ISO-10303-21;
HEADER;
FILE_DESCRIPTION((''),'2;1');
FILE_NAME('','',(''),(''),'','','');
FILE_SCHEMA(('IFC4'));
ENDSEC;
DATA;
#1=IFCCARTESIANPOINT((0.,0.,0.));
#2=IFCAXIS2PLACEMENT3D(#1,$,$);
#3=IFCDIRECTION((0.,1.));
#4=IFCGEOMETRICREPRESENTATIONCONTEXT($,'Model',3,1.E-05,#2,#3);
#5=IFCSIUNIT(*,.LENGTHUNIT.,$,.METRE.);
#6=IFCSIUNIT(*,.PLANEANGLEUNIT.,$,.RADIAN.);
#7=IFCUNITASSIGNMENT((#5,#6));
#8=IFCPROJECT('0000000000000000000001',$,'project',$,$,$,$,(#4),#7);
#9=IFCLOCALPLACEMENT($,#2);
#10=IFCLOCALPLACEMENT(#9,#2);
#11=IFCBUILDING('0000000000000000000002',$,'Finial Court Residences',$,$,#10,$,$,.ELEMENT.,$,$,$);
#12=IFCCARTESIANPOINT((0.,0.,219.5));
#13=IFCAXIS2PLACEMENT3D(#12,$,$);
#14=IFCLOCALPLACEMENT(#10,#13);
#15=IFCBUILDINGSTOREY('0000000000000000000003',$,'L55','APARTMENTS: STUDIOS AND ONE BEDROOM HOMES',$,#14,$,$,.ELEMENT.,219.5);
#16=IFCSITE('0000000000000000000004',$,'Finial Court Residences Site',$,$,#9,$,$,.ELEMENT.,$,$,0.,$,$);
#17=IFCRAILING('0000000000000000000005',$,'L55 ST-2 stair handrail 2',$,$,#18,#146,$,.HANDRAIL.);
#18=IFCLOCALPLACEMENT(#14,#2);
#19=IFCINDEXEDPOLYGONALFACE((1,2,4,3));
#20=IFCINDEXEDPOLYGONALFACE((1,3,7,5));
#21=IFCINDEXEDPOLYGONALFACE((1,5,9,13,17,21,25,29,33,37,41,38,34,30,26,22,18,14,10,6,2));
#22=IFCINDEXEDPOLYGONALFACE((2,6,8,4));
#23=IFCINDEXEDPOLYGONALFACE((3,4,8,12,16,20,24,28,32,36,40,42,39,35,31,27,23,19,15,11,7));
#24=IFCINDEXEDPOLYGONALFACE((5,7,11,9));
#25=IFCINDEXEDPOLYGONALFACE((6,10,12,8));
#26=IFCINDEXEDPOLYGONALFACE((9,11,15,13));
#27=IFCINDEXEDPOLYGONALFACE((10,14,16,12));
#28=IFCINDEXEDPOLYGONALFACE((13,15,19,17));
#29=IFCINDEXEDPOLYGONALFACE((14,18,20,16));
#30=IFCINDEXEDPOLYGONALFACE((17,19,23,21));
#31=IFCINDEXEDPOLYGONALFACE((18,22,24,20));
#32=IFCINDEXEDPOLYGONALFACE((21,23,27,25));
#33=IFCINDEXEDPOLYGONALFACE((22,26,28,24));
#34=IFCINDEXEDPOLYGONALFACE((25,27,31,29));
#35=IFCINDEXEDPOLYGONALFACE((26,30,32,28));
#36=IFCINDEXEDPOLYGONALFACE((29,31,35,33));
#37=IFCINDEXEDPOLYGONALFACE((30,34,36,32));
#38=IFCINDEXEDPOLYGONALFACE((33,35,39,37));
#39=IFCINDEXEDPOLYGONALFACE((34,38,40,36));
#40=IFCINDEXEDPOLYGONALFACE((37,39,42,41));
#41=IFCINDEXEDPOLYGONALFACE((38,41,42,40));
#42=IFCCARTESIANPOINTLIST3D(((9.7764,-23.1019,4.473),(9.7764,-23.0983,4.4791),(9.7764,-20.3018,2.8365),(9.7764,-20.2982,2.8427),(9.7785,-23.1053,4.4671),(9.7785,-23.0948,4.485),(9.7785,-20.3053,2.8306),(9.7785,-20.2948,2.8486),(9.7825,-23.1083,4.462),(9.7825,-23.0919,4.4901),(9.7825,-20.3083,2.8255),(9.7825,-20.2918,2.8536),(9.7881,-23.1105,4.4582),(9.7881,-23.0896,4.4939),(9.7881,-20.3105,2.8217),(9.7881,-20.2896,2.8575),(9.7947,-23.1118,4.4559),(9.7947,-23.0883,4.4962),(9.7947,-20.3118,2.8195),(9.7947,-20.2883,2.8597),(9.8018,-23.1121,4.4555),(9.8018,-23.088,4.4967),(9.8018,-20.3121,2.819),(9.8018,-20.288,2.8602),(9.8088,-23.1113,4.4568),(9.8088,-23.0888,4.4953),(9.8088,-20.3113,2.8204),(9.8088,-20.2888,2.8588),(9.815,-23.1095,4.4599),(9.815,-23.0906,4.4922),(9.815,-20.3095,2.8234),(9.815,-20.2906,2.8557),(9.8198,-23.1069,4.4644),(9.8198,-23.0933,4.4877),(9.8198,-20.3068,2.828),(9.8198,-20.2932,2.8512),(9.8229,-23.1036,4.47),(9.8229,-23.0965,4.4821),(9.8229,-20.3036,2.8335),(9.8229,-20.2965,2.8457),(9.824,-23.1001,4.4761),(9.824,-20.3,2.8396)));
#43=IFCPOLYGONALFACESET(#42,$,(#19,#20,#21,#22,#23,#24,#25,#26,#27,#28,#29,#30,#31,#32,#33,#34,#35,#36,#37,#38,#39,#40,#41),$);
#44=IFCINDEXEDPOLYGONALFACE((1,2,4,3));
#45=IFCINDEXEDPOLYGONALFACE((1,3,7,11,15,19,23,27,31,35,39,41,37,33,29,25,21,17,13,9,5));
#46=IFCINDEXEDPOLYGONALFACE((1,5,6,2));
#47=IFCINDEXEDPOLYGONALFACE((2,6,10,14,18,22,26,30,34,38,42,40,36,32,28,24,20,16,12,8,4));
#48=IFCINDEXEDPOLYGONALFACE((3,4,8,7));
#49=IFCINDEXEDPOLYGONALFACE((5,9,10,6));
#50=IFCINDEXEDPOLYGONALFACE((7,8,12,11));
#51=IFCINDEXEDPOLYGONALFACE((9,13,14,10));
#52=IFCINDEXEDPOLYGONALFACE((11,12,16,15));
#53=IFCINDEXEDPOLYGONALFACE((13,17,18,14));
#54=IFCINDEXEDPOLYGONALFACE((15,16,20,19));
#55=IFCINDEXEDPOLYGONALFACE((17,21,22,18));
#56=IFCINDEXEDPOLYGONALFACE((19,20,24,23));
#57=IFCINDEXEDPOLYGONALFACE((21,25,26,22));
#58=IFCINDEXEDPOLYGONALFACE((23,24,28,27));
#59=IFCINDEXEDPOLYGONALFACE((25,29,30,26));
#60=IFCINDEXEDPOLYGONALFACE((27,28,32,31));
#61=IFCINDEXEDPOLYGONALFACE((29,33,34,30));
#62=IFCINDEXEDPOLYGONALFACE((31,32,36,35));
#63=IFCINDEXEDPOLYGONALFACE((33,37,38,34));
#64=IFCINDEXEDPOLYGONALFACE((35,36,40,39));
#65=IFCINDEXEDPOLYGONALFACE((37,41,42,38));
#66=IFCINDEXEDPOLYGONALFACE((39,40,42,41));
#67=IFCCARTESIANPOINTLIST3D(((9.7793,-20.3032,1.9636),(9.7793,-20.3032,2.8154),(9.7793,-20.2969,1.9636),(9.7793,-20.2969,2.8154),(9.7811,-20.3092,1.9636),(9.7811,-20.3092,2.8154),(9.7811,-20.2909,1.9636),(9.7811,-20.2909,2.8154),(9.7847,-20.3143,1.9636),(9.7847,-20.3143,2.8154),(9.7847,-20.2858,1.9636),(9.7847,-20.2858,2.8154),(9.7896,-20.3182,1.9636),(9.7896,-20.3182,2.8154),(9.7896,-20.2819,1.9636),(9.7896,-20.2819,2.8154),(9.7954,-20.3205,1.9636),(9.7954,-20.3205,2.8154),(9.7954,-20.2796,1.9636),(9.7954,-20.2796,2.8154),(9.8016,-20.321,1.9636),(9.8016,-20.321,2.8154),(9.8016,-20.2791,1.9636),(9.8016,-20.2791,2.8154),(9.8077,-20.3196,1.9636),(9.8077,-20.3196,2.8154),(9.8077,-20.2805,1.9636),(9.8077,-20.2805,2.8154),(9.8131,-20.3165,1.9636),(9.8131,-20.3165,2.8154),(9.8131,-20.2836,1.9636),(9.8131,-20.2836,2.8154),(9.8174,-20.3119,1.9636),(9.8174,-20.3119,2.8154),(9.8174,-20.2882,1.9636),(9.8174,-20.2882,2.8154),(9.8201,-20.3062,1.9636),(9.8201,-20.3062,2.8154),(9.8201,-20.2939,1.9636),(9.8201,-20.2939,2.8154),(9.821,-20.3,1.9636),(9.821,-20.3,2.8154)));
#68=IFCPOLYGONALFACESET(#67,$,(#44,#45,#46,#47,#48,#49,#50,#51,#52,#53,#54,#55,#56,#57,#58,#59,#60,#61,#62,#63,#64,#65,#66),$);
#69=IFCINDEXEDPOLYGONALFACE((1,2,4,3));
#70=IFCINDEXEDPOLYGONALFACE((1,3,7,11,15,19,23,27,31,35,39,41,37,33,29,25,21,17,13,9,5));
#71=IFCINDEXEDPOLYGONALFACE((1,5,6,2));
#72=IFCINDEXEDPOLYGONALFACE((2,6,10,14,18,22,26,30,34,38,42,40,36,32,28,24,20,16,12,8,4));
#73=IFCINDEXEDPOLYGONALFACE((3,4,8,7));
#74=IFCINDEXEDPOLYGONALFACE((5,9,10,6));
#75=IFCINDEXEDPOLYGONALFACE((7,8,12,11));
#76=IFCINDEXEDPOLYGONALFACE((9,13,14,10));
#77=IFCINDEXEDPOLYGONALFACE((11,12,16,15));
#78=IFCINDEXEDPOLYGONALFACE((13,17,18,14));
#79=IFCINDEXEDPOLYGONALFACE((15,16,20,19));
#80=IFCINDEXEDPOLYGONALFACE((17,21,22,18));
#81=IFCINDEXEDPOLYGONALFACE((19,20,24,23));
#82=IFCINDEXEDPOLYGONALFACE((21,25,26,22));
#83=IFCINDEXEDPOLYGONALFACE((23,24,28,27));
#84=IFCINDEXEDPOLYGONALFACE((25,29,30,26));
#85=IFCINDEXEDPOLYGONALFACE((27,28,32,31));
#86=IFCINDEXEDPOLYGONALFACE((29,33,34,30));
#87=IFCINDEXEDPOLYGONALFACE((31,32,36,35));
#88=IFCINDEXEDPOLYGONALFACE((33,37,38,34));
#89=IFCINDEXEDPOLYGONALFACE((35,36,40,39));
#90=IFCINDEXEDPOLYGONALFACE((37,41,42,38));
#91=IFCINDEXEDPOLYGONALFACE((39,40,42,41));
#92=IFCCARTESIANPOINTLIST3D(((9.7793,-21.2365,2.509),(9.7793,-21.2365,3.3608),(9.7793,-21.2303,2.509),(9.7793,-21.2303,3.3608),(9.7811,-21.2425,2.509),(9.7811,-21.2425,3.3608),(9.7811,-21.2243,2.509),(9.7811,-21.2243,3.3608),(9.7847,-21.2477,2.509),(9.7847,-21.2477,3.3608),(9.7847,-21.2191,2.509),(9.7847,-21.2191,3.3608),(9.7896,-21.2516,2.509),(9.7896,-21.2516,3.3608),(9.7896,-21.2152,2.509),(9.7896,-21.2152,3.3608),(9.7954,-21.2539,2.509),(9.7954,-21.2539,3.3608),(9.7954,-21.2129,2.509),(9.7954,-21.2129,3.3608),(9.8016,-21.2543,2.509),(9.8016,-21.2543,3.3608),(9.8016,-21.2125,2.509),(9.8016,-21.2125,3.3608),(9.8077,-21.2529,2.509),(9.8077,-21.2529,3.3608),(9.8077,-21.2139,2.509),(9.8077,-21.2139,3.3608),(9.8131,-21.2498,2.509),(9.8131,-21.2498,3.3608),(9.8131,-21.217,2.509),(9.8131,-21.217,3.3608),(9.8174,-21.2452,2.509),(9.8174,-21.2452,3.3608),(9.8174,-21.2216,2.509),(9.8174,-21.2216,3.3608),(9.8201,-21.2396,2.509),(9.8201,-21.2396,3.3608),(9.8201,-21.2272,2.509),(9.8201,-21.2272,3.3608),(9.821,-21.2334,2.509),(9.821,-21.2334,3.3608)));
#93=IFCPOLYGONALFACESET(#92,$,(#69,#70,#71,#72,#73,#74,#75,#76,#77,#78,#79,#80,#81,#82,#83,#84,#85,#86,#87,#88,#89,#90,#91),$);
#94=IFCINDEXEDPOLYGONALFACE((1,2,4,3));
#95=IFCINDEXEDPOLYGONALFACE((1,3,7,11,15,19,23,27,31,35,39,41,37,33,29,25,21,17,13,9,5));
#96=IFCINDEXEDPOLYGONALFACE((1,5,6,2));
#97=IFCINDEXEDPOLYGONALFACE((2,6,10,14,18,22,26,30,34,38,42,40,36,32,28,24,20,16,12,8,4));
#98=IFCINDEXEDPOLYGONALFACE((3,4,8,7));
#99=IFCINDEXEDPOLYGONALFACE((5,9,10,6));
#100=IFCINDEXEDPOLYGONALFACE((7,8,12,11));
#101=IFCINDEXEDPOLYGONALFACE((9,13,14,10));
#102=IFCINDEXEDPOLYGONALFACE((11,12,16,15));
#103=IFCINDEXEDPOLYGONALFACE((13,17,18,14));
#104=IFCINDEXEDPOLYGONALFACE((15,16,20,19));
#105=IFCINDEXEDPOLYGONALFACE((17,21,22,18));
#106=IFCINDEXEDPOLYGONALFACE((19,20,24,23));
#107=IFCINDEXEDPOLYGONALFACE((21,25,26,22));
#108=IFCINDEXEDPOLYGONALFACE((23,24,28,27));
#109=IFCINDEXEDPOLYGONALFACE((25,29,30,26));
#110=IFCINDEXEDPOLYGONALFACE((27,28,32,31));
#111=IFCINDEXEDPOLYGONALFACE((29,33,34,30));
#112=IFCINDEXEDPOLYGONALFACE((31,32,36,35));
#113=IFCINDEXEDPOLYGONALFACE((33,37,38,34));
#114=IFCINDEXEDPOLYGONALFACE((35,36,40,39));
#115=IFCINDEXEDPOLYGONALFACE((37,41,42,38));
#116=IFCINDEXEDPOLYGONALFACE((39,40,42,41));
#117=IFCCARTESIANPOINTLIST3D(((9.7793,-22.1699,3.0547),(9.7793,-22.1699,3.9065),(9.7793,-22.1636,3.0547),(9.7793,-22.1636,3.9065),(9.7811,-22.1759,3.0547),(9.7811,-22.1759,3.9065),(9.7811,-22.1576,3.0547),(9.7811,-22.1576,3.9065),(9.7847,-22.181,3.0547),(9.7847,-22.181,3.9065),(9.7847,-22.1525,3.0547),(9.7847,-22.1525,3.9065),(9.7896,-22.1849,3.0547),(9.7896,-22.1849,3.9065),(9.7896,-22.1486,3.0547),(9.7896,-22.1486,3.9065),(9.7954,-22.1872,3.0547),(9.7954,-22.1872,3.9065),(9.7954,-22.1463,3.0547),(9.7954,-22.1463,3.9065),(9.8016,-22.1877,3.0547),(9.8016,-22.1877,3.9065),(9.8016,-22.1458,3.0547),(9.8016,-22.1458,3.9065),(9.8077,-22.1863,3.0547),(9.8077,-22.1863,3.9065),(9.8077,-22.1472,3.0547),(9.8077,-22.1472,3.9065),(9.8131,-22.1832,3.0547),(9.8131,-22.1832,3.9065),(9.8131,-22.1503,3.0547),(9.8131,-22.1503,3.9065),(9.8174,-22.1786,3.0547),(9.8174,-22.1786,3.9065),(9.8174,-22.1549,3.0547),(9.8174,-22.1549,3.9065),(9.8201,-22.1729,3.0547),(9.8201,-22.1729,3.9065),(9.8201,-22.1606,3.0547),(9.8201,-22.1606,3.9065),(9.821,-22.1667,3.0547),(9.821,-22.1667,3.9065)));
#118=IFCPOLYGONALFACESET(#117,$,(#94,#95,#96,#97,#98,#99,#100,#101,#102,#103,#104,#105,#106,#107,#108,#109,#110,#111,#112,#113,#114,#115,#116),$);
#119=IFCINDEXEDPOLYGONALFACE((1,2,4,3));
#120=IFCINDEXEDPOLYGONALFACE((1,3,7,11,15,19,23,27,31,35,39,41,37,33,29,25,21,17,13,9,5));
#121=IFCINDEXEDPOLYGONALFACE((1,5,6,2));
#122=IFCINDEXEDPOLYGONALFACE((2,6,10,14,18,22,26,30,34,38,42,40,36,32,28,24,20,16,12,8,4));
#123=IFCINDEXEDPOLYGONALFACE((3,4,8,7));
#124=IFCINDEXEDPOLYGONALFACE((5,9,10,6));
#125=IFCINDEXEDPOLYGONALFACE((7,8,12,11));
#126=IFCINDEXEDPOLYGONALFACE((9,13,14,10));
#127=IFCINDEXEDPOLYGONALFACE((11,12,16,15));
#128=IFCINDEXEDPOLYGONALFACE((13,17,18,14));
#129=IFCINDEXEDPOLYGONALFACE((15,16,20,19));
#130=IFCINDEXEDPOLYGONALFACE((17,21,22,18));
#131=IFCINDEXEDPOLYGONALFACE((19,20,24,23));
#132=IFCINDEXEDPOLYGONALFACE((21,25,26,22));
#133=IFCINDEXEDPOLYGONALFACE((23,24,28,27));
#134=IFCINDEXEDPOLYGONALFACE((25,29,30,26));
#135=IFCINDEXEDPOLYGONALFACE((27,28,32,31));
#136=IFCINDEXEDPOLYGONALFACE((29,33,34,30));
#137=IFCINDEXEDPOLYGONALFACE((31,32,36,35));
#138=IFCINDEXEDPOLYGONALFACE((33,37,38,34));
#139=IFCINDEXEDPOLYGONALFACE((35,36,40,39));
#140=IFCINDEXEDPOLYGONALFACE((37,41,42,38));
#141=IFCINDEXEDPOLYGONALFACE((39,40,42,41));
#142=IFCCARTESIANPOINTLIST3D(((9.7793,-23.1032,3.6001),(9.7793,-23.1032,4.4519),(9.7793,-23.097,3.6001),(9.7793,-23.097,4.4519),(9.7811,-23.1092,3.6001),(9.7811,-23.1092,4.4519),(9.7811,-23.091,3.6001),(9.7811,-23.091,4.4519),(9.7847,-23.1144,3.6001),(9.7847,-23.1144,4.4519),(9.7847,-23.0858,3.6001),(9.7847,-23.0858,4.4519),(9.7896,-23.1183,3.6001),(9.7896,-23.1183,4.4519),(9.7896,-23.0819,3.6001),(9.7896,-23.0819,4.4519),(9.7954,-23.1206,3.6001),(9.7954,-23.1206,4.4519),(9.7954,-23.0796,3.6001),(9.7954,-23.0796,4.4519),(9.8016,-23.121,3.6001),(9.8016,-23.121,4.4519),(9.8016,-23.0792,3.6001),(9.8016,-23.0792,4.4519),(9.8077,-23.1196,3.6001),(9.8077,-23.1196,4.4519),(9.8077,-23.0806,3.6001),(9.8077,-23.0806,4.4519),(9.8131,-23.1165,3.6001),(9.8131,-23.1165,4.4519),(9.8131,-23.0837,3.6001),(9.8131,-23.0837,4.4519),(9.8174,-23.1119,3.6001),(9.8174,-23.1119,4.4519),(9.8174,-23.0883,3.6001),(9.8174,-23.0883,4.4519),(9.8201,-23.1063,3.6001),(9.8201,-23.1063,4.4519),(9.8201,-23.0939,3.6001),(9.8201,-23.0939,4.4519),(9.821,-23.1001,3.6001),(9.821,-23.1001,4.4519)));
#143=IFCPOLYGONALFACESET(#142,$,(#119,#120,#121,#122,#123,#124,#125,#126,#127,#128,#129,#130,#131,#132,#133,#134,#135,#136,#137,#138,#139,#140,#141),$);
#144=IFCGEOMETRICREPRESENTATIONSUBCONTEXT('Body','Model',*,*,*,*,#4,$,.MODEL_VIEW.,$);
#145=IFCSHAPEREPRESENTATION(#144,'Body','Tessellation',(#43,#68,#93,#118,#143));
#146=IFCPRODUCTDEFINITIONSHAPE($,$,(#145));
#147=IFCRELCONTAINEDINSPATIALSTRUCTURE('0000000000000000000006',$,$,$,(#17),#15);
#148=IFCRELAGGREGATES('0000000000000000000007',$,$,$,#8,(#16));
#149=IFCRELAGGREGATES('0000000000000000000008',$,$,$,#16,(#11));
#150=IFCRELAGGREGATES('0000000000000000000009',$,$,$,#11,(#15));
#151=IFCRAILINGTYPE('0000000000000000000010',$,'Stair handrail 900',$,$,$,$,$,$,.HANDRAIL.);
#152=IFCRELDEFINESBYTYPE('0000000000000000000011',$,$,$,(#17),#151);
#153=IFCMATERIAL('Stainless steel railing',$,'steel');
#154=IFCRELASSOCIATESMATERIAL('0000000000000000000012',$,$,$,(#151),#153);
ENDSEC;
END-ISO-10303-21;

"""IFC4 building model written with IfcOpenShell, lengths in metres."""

from ifc_helpers import new_model, si_unit, direction, frame, origin, origin_2d, place, context, subcontext, project, spatial, circle, extrude, material, type_object, element, save


model = new_model("IFC4")

# Units and contexts
model_context = context("Model", 3, precision=1e-05, world=origin(), true_north=direction((0.0, 1.0)))
body_context = subcontext(model_context, "Body", "Model", "MODEL_VIEW")
ifc_project = project(units=[si_unit("LENGTHUNIT", "METRE"), si_unit("PLANEANGLEUNIT", "RADIAN")], contexts=[model_context])

# Site, building, storey
site_placement = place(None, origin())
site = spatial("IfcSite", under=ifc_project, at=site_placement, Name="Finial Court Residences Site", CompositionType="ELEMENT", RefElevation=0.0)
building_placement = place(site_placement, origin())
building = spatial("IfcBuilding", under=site, at=building_placement, Name="Finial Court Residences", CompositionType="ELEMENT")
storey_placement = place(building_placement, frame((0.0, 0.0, 219.5)))
storey = spatial("IfcBuildingStorey", under=building, at=storey_placement, Name="L55", Description="APARTMENTS: STUDIOS AND ONE BEDROOM HOMES", CompositionType="ELEMENT", Elevation=219.5)

# Railing
ifc_material_1 = material(Name="Stainless steel railing", Category="steel")
railing_type_1 = type_object("IfcRailingType", Name="Stair handrail 900", PredefinedType="HANDRAIL", material=ifc_material_1)
railing_1_placement = place(storey_placement, frame((9.8, -20.3, 1.9636)))
element("IfcRailing", 1, at=railing_1_placement, inside=storey, type_object=railing_type_1, Name="L55 ST-2 stair handrail 2", PredefinedType="HANDRAIL", context=body_context, shape_type="SweptSolid", body=[
    extrude(circle(Radius=0.0239, at=origin_2d()), frame((0.0, 0.0, 0.876), z_axis=(0.0, -0.863361, 0.504587), x_axis=(1.0, 0.0, 0.0)), (0.0, 0.0, 1.0), 3.2432),
    extrude(circle(Radius=0.021, at=origin_2d()), origin(), (0.0, 0.0, 1.0), 0.8518),
    extrude(circle(Radius=0.021, at=origin_2d()), frame((0.0, -0.9333, 0.5454)), (0.0, 0.0, 1.0), 0.8518),
    extrude(circle(Radius=0.021, at=origin_2d()), frame((0.0, -1.8667, 1.0911)), (0.0, 0.0, 1.0), 0.8518),
    extrude(circle(Radius=0.021, at=origin_2d()), frame((0.0, -2.8, 1.6365)), (0.0, 0.0, 1.0), 0.8518),
])

save(model, "model.ifc")
